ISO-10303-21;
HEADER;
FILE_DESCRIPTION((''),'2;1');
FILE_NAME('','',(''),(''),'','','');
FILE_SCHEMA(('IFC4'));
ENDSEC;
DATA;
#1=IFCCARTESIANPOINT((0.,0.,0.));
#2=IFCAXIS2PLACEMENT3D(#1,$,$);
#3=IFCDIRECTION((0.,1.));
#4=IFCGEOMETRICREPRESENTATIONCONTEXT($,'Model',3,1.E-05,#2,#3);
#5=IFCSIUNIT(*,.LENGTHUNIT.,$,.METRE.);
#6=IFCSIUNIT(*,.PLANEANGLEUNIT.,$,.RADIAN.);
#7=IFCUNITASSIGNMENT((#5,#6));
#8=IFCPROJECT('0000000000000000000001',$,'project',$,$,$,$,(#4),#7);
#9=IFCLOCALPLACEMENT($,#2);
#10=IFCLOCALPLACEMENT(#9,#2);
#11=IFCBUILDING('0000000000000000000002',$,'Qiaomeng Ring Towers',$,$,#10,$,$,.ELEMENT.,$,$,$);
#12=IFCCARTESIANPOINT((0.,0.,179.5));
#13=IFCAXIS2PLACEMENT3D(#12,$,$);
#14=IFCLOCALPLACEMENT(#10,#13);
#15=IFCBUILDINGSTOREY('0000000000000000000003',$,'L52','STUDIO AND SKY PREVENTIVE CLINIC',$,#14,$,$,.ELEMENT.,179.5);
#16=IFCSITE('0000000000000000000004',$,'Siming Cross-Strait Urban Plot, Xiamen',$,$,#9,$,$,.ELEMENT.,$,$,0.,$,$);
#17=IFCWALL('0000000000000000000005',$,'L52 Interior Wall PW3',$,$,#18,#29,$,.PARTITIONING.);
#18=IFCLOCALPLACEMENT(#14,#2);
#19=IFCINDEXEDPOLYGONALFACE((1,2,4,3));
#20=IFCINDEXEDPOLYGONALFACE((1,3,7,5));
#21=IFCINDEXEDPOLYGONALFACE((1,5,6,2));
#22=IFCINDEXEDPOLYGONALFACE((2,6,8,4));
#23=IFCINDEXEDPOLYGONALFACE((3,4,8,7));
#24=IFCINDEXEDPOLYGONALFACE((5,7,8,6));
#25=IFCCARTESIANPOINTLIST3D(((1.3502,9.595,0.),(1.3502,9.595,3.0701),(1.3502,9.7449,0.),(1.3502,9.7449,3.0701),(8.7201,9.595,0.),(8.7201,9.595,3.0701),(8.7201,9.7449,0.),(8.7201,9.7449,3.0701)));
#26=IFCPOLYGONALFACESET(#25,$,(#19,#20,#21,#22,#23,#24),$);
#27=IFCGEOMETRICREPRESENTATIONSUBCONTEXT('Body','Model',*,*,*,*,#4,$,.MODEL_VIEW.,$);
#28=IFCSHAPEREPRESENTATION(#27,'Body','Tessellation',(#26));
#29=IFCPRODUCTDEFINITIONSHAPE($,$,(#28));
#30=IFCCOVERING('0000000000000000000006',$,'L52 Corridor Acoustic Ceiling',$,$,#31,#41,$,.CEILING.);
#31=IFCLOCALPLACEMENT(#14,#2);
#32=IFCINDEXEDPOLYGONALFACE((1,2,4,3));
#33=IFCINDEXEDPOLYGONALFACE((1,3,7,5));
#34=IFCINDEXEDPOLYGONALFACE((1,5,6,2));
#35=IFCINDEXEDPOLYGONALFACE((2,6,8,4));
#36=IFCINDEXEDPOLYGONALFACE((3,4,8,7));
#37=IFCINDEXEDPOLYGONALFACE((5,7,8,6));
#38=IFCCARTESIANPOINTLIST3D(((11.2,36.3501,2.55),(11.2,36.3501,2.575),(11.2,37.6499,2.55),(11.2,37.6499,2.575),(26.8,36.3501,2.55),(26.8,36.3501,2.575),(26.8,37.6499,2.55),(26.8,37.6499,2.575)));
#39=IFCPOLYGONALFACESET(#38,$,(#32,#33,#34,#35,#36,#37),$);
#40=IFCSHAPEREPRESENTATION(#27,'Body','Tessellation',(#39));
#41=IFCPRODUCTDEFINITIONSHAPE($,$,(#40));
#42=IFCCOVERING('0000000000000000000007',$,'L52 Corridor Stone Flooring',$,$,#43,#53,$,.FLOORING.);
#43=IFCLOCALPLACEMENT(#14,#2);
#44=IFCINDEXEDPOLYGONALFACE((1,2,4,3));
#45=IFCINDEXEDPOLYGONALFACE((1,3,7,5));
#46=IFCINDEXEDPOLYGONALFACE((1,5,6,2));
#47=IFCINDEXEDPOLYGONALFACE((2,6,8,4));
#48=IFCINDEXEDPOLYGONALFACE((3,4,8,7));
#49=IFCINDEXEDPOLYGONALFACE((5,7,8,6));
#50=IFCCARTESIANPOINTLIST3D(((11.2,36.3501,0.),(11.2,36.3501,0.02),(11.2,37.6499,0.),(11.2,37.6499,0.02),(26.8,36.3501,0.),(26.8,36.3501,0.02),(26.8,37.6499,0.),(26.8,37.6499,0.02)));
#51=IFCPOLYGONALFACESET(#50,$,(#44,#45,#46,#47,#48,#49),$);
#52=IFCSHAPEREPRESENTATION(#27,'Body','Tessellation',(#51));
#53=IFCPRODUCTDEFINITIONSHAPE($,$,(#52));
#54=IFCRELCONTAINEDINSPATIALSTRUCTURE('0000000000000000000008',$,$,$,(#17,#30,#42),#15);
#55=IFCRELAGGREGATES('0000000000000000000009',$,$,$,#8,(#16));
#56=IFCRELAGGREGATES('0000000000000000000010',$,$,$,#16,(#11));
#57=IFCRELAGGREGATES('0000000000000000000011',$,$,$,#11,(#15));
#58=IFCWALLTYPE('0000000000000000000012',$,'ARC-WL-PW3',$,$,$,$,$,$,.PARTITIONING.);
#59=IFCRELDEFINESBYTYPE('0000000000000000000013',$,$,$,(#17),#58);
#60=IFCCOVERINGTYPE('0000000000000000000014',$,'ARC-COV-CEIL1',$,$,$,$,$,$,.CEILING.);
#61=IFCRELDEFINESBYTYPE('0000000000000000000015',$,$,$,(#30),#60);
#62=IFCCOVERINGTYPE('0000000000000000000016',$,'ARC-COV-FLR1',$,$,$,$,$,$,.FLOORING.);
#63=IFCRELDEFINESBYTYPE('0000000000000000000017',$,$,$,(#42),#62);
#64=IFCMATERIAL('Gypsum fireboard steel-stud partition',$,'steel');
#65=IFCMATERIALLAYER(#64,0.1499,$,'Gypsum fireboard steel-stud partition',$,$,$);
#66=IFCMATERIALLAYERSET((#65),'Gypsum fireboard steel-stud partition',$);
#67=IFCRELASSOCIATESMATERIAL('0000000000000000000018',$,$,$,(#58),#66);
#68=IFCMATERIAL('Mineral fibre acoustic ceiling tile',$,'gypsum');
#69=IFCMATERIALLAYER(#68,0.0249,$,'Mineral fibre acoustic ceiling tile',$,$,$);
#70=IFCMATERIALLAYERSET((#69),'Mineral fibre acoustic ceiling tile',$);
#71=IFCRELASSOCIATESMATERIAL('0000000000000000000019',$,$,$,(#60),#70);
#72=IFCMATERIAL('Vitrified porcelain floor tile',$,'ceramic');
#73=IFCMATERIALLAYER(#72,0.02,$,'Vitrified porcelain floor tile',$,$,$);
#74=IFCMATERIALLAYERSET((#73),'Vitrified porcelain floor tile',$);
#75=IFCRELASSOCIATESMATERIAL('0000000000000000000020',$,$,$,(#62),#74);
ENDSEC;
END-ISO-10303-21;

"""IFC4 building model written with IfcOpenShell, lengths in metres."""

from ifc_helpers import new_model, si_unit, direction, frame, frame_2d, origin, place, context, subcontext, project, spatial, polyline, rectangle, outline, extrude, material, layer, layer_set, type_object, element, save


model = new_model("IFC4")

# Units and contexts
model_context = context("Model", 3, precision=1e-05, world=origin(), true_north=direction((0.0, 1.0)))
body_context = subcontext(model_context, "Body", "Model", "MODEL_VIEW")
ifc_project = project(units=[si_unit("LENGTHUNIT", "METRE"), si_unit("PLANEANGLEUNIT", "RADIAN")], contexts=[model_context])

# Site, building, storey
site_placement = place(None, origin())
site = spatial("IfcSite", under=ifc_project, at=site_placement, Name="Siming Cross-Strait Urban Plot, Xiamen", CompositionType="ELEMENT", RefElevation=0.0)
building_placement = place(site_placement, origin())
building = spatial("IfcBuilding", under=site, at=building_placement, Name="Qiaomeng Ring Towers", CompositionType="ELEMENT")
storey_placement = place(building_placement, frame((0.0, 0.0, 179.5)))
storey = spatial("IfcBuildingStorey", under=building, at=storey_placement, Name="L52", Description="STUDIO AND SKY PREVENTIVE CLINIC", CompositionType="ELEMENT", Elevation=179.5)

# Wall
ifc_material_1 = material(Name="Gypsum fireboard steel-stud partition", Category="steel")
ifc_layer_1 = layer(ifc_material_1, 0.1499, Name="Gypsum fireboard steel-stud partition")
ifc_layer_set_1 = layer_set([ifc_layer_1], Name="Gypsum fireboard steel-stud partition")
wall_type_1 = type_object("IfcWallType", Name="ARC-WL-PW3", PredefinedType="PARTITIONING", material=ifc_layer_set_1)
wall_1_placement = place(storey_placement, frame((1.3501, 9.6699, 0.0), z_axis=(0.0, 0.0, 1.0), x_axis=(1.0, 0.0, 0.0)))
element("IfcWall", 1, at=wall_1_placement, inside=storey, type_object=wall_type_1, Name="L52 Interior Wall PW3", PredefinedType="PARTITIONING", context=body_context, shape_type="SweptSolid", body=[
    extrude(rectangle(XDim=7.3699, YDim=0.1499, at=frame_2d((3.6851, 0.0))), origin(), (0.0, 0.0, 1.0), 3.0701),
])

# Coverings
ifc_material_2 = material(Name="Mineral fibre acoustic ceiling tile", Category="gypsum")
ifc_layer_2 = layer(ifc_material_2, 0.0249, Name="Mineral fibre acoustic ceiling tile")
ifc_layer_set_2 = layer_set([ifc_layer_2], Name="Mineral fibre acoustic ceiling tile")
covering_type_1 = type_object("IfcCoveringType", Name="ARC-COV-CEIL1", PredefinedType="CEILING", material=ifc_layer_set_2)
covering_1_placement = place(storey_placement, frame((0.0, 0.0, 2.55)))
element("IfcCovering", 2, at=covering_1_placement, inside=storey, type_object=covering_type_1, Name="L52 Corridor Acoustic Ceiling", PredefinedType="CEILING", context=body_context, shape_type="SweptSolid", body=[
    extrude(outline(polyline([(11.2, 36.3501), (11.2, 37.6499), (26.8, 37.6499), (26.8, 36.3501), (11.2, 36.3501)])), origin(), (0.0, 0.0, 1.0), 0.0249),
])
ifc_material_3 = material(Name="Vitrified porcelain floor tile", Category="ceramic")
ifc_layer_3 = layer(ifc_material_3, 0.02, Name="Vitrified porcelain floor tile")
ifc_layer_set_3 = layer_set([ifc_layer_3], Name="Vitrified porcelain floor tile")
covering_type_2 = type_object("IfcCoveringType", Name="ARC-COV-FLR1", PredefinedType="FLOORING", material=ifc_layer_set_3)
covering_2_placement = place(storey_placement, origin())
element("IfcCovering", 3, at=covering_2_placement, inside=storey, type_object=covering_type_2, Name="L52 Corridor Stone Flooring", PredefinedType="FLOORING", context=body_context, shape_type="SweptSolid", body=[
    extrude(outline(polyline([(11.2, 36.3501), (11.2, 37.6499), (26.8, 37.6499), (26.8, 36.3501), (11.2, 36.3501)])), origin(), (0.0, 0.0, 1.0), 0.02),
])

save(model, "model.ifc")
